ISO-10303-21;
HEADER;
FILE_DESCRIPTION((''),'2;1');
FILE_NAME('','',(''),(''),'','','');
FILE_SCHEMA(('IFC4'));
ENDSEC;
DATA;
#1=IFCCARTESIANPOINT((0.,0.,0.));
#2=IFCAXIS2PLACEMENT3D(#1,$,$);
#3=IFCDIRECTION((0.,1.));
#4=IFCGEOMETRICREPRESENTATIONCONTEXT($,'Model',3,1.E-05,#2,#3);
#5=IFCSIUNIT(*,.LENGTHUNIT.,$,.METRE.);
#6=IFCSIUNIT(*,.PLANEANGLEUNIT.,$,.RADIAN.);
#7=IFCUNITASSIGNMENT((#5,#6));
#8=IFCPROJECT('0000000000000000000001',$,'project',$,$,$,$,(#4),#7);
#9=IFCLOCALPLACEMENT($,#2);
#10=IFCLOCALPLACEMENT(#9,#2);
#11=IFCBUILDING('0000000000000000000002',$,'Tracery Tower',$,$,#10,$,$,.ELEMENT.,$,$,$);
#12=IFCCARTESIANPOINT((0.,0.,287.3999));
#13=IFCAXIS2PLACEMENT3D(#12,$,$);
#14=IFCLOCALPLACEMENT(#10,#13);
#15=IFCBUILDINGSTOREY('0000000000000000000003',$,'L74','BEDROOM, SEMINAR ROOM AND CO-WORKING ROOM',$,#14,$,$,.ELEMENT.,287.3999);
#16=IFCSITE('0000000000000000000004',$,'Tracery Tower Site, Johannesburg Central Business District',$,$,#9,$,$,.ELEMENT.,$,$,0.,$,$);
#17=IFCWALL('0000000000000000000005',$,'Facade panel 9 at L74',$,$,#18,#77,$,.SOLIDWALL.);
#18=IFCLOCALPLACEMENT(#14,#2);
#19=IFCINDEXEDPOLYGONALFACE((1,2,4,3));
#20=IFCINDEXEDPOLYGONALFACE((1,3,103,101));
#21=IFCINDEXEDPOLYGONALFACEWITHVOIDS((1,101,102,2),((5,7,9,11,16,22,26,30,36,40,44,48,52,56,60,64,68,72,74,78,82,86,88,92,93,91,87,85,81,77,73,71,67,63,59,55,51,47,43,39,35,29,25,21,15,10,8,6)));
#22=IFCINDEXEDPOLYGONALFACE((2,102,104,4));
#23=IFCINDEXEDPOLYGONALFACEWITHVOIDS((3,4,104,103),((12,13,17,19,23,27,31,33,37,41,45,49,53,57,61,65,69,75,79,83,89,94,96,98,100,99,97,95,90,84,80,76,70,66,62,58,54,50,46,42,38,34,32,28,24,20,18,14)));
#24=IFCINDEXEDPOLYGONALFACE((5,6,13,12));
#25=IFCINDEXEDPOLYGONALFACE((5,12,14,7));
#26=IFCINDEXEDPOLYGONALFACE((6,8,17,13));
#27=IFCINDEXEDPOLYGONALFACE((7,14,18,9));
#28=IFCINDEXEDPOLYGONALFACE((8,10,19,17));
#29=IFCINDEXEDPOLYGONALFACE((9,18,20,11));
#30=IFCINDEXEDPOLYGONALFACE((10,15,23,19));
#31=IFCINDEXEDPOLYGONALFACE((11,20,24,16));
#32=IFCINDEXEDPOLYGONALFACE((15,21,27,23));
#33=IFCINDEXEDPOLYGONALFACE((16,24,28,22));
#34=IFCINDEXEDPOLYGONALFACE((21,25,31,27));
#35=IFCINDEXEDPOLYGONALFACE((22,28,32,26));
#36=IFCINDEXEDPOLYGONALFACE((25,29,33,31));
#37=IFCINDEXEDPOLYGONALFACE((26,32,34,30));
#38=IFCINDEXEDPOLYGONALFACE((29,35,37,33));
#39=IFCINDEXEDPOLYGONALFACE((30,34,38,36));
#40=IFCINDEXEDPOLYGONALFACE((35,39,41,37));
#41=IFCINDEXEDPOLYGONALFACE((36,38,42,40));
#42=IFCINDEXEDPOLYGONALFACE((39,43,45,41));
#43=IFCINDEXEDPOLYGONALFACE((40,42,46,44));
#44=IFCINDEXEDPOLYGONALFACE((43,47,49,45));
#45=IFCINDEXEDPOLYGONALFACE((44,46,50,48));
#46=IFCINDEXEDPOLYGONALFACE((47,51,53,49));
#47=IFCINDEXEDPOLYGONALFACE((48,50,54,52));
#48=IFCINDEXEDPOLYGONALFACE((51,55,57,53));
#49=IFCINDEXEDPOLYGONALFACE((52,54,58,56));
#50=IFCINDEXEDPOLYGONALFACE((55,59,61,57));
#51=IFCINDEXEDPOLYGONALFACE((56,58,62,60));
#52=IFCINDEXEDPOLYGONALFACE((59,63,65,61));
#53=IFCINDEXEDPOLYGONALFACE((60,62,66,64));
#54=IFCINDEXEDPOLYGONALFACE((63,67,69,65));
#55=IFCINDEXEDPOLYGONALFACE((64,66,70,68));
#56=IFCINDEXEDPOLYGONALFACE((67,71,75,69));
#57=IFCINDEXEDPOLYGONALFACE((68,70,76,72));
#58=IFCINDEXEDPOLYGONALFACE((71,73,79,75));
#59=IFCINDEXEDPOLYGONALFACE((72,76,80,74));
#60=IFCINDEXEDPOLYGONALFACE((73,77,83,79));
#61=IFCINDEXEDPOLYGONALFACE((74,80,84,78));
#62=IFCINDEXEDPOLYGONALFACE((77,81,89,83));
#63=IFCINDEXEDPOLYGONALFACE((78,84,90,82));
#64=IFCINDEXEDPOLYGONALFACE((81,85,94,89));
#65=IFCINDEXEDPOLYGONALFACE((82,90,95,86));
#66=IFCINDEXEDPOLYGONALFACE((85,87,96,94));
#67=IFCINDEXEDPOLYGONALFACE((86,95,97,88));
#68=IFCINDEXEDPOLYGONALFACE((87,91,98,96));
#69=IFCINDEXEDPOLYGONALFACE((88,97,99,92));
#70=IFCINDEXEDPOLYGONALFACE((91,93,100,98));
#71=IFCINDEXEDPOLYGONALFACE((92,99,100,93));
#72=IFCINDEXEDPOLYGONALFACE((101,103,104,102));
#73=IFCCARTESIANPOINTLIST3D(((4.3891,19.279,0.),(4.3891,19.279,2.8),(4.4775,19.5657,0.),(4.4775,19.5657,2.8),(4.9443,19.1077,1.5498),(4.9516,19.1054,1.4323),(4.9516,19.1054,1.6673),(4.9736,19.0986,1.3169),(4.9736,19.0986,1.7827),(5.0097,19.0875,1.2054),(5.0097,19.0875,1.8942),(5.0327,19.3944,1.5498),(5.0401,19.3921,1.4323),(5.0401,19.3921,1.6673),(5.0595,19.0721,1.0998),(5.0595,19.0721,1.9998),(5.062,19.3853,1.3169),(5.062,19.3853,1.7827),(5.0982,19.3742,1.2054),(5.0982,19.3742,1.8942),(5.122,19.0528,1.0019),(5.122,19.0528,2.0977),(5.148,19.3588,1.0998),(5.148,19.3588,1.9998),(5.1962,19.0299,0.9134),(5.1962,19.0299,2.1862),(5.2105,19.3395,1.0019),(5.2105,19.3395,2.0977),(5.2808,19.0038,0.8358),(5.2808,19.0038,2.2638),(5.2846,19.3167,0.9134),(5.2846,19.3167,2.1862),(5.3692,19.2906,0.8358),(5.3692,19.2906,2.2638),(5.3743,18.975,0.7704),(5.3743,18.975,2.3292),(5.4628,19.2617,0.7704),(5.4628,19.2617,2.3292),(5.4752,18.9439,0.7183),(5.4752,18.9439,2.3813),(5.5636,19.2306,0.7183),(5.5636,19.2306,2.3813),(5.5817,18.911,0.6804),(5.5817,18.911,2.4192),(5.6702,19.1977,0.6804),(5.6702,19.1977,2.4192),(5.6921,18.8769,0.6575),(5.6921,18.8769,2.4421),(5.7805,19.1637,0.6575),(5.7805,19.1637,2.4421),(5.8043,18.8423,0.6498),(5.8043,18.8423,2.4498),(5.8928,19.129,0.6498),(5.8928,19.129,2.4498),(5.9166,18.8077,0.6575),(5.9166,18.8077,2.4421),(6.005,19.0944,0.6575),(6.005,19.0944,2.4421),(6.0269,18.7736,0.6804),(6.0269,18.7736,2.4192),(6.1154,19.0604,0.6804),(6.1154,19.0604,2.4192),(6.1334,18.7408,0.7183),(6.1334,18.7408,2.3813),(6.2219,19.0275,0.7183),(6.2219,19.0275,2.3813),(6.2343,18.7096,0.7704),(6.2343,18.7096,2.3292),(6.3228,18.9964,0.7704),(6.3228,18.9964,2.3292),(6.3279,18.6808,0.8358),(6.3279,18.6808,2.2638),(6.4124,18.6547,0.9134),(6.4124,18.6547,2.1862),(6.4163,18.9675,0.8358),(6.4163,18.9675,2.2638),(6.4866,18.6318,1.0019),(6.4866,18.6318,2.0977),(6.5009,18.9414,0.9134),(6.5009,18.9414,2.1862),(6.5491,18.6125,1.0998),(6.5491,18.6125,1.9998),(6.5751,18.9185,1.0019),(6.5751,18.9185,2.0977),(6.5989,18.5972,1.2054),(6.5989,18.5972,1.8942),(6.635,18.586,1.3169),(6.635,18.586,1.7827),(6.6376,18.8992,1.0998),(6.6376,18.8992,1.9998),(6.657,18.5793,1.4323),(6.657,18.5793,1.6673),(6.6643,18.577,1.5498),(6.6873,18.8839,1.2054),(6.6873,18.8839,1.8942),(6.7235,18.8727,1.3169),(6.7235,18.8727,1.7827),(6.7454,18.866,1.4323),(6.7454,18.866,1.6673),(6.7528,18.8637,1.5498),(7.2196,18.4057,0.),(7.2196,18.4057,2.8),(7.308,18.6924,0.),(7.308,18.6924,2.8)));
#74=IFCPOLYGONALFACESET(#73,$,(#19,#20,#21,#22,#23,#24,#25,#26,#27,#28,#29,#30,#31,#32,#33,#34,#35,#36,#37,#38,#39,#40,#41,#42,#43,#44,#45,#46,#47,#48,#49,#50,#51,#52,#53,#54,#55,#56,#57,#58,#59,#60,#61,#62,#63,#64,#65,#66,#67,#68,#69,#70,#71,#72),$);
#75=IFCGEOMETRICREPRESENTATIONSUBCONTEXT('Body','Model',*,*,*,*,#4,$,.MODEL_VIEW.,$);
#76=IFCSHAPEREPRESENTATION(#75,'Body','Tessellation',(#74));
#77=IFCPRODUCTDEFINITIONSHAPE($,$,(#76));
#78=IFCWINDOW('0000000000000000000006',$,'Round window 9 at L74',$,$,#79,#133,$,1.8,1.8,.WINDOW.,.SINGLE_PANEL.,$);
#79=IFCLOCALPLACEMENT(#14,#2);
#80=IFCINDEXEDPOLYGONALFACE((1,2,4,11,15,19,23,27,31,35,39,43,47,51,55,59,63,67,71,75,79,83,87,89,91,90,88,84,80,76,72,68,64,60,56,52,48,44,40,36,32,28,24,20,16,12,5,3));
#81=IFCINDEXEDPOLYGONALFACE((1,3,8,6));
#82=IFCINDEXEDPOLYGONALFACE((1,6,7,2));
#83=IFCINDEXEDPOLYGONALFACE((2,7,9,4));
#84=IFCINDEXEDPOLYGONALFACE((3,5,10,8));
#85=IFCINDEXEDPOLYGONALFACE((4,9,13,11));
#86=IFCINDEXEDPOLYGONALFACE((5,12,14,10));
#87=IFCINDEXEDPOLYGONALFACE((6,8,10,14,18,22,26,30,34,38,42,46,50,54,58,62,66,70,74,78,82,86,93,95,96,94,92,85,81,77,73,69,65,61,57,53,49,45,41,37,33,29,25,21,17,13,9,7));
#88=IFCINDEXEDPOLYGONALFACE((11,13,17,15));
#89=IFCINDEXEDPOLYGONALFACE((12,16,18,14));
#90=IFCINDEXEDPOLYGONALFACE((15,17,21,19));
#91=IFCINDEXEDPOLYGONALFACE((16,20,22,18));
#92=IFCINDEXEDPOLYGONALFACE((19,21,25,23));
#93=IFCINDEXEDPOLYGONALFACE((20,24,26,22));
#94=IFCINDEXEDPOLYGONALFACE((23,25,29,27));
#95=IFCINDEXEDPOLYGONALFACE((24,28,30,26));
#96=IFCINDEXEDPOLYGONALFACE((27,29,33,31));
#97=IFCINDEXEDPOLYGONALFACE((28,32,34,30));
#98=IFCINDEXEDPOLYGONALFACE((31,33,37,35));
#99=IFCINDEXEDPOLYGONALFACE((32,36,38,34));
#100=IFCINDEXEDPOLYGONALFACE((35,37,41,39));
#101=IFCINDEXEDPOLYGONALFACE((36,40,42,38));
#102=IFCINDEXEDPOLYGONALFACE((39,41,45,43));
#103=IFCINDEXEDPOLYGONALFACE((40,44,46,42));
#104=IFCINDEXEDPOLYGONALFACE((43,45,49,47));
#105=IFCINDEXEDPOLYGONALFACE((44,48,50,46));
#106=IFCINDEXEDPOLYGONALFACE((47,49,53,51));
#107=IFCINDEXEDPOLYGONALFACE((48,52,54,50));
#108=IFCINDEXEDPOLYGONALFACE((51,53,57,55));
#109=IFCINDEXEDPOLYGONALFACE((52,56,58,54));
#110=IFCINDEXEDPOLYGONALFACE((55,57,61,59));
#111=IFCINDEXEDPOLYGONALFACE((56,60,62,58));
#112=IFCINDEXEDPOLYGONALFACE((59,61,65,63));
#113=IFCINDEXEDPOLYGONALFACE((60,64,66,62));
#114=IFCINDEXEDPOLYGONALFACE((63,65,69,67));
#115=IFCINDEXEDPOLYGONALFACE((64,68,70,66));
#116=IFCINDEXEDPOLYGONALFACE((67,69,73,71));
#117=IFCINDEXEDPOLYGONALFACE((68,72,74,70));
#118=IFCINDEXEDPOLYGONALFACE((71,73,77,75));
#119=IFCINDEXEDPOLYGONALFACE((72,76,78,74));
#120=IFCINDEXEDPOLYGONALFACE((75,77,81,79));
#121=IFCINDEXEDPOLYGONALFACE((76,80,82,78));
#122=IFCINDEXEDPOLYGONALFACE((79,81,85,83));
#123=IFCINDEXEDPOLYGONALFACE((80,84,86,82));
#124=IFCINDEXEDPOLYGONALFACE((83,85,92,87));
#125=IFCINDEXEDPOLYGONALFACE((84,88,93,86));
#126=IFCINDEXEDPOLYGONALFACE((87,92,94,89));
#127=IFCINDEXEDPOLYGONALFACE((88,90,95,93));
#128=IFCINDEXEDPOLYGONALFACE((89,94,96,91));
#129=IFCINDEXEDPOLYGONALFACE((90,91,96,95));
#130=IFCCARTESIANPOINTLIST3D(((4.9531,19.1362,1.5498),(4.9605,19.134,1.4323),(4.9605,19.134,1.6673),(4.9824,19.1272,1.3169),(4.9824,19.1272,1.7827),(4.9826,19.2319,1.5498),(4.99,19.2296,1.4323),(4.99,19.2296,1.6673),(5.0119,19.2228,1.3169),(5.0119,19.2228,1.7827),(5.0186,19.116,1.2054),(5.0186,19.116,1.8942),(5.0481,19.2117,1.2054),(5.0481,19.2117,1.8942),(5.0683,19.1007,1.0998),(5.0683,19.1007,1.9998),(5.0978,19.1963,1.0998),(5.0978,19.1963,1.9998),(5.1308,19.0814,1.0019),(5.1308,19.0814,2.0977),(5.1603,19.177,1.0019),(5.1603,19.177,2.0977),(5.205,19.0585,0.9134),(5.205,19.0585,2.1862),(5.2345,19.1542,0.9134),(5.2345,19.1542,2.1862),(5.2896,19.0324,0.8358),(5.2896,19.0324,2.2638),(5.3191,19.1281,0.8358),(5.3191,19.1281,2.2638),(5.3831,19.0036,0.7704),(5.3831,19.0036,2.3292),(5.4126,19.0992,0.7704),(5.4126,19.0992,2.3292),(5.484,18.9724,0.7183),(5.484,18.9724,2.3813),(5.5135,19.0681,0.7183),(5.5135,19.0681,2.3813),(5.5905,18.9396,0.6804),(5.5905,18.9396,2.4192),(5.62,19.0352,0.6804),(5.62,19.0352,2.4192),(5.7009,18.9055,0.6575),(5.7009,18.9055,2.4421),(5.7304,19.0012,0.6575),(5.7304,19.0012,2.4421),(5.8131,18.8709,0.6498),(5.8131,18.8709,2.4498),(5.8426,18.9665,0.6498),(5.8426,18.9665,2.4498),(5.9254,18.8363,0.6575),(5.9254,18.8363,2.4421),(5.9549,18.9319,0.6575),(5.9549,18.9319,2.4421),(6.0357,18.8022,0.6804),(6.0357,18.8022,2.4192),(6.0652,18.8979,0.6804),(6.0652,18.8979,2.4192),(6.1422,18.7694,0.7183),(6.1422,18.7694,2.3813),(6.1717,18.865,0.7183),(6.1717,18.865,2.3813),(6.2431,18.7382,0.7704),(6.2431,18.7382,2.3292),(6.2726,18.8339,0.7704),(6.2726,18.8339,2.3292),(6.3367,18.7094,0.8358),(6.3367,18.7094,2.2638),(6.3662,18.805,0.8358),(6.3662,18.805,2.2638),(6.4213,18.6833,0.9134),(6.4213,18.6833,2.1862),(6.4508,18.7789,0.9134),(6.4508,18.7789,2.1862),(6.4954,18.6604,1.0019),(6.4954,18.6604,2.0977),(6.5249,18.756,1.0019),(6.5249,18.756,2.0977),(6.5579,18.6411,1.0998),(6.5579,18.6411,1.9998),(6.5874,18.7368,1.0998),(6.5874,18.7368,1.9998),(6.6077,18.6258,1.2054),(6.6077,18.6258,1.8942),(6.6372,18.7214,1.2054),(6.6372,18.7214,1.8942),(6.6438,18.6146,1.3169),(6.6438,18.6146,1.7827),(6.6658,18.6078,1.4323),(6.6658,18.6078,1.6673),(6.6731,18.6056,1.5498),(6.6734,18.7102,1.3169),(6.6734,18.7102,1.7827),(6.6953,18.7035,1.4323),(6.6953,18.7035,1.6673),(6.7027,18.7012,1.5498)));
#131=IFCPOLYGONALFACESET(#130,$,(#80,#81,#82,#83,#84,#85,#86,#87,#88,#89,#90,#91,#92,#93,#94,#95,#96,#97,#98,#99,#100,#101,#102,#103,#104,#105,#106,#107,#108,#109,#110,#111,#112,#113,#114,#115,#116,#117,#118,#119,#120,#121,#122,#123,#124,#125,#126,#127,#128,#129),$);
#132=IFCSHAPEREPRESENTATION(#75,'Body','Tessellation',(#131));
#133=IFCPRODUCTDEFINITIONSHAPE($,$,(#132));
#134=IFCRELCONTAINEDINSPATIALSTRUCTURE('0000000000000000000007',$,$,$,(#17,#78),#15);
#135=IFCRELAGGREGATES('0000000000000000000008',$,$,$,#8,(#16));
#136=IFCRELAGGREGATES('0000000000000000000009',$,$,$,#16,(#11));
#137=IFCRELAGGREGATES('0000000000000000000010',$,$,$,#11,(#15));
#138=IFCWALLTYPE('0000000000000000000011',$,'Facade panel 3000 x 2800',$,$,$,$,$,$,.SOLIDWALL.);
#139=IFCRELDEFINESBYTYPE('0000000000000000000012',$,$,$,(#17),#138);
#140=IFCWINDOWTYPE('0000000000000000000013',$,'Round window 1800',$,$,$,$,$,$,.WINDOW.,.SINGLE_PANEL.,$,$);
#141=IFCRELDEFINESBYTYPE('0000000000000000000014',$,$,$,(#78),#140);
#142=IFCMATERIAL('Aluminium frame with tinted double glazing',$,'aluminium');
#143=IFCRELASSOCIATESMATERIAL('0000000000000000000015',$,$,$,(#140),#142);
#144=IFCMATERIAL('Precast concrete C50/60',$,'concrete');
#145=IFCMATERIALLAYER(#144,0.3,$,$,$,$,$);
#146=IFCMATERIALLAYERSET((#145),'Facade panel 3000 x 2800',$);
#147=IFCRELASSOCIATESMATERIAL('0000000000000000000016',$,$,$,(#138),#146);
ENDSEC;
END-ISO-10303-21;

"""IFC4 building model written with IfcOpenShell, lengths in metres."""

from ifc_helpers import new_model, si_unit, direction, frame, frame_2d, origin, origin_2d, place, context, subcontext, project, spatial, rectangle, circle, extrude, material, layer, layer_set, type_object, element, fill, save


model = new_model("IFC4")

# Units and contexts
model_context = context("Model", 3, precision=1e-05, world=origin(), true_north=direction((0.0, 1.0)))
body_context = subcontext(model_context, "Body", "Model", "MODEL_VIEW")
ifc_project = project(units=[si_unit("LENGTHUNIT", "METRE"), si_unit("PLANEANGLEUNIT", "RADIAN")], contexts=[model_context])

# Site, building, storey
site_placement = place(None, origin())
site = spatial("IfcSite", under=ifc_project, at=site_placement, Name="Tracery Tower Site, Johannesburg Central Business District", CompositionType="ELEMENT", RefElevation=0.0)
building_placement = place(site_placement, origin())
building = spatial("IfcBuilding", under=site, at=building_placement, Name="Tracery Tower", CompositionType="ELEMENT")
storey_placement = place(building_placement, frame((0.0, 0.0, 287.3999)))
storey = spatial("IfcBuildingStorey", under=building, at=storey_placement, Name="L74", Description="BEDROOM, SEMINAR ROOM AND CO-WORKING ROOM", CompositionType="ELEMENT", Elevation=287.3999)

# Wall, opening, window
ifc_material_1 = material(Name="Aluminium frame with tinted double glazing", Category="aluminium")
window_type = type_object("IfcWindowType", Name="Round window 1800", PartitioningType="SINGLE_PANEL", PredefinedType="WINDOW", material=ifc_material_1)
ifc_material_2 = material(Name="Precast concrete C50/60", Category="concrete")
ifc_layer_1 = layer(ifc_material_2, 0.3)
ifc_layer_set_1 = layer_set([ifc_layer_1], Name="Facade panel 3000 x 2800")
wall_type_1 = type_object("IfcWallType", Name="Facade panel 3000 x 2800", PredefinedType="SOLIDWALL", material=ifc_layer_set_1)
wall_1_placement = place(storey_placement, frame((7.2637, 18.5491, 0.0), z_axis=(0.0, 0.0, 1.0), x_axis=(-0.955556, 0.29481, 0.0)))
wall_1 = element("IfcWall", 1, at=wall_1_placement, inside=storey, type_object=wall_type_1, Name="Facade panel 9 at L74", PredefinedType="SOLIDWALL", context=body_context, shape_type="SweptSolid", body=[
    extrude(rectangle(XDim=2.9622, YDim=0.3, at=frame_2d((1.481, 0.0))), origin(), (0.0, 0.0, 1.0), 2.8),
])
opening_1_placement = place(wall_1_placement, frame((1.481, 0.0, 1.5498)))
opening_1 = element("IfcOpeningElement", 2, at=opening_1_placement, cuts=wall_1, PredefinedType="OPENING", context=body_context, shape_type="SweptSolid", body=[
    extrude(circle(Radius=0.9, at=origin_2d()), frame((0.0, 0.1599, 0.0), z_axis=(0.0, -1.0, 0.0), x_axis=(1.0, 0.0, 0.0)), (0.0, 0.0, 1.0), 0.3201),
])
window_1_placement = place(opening_1_placement, origin())
window_1 = element("IfcWindow", 3, at=window_1_placement, inside=storey, type_object=window_type, Name="Round window 9 at L74", OverallHeight=1.8, OverallWidth=1.8, PartitioningType="SINGLE_PANEL", PredefinedType="WINDOW", context=body_context, shape_type="SweptSolid", body=[
    extrude(circle(Radius=0.9, at=origin_2d()), frame((0.0, 0.1201, 0.0), z_axis=(0.0, -1.0, 0.0), x_axis=(1.0, 0.0, 0.0)), (0.0, 0.0, 1.0), 0.1001),
])
fill(opening_1, window_1)

save(model, "model.ifc")
